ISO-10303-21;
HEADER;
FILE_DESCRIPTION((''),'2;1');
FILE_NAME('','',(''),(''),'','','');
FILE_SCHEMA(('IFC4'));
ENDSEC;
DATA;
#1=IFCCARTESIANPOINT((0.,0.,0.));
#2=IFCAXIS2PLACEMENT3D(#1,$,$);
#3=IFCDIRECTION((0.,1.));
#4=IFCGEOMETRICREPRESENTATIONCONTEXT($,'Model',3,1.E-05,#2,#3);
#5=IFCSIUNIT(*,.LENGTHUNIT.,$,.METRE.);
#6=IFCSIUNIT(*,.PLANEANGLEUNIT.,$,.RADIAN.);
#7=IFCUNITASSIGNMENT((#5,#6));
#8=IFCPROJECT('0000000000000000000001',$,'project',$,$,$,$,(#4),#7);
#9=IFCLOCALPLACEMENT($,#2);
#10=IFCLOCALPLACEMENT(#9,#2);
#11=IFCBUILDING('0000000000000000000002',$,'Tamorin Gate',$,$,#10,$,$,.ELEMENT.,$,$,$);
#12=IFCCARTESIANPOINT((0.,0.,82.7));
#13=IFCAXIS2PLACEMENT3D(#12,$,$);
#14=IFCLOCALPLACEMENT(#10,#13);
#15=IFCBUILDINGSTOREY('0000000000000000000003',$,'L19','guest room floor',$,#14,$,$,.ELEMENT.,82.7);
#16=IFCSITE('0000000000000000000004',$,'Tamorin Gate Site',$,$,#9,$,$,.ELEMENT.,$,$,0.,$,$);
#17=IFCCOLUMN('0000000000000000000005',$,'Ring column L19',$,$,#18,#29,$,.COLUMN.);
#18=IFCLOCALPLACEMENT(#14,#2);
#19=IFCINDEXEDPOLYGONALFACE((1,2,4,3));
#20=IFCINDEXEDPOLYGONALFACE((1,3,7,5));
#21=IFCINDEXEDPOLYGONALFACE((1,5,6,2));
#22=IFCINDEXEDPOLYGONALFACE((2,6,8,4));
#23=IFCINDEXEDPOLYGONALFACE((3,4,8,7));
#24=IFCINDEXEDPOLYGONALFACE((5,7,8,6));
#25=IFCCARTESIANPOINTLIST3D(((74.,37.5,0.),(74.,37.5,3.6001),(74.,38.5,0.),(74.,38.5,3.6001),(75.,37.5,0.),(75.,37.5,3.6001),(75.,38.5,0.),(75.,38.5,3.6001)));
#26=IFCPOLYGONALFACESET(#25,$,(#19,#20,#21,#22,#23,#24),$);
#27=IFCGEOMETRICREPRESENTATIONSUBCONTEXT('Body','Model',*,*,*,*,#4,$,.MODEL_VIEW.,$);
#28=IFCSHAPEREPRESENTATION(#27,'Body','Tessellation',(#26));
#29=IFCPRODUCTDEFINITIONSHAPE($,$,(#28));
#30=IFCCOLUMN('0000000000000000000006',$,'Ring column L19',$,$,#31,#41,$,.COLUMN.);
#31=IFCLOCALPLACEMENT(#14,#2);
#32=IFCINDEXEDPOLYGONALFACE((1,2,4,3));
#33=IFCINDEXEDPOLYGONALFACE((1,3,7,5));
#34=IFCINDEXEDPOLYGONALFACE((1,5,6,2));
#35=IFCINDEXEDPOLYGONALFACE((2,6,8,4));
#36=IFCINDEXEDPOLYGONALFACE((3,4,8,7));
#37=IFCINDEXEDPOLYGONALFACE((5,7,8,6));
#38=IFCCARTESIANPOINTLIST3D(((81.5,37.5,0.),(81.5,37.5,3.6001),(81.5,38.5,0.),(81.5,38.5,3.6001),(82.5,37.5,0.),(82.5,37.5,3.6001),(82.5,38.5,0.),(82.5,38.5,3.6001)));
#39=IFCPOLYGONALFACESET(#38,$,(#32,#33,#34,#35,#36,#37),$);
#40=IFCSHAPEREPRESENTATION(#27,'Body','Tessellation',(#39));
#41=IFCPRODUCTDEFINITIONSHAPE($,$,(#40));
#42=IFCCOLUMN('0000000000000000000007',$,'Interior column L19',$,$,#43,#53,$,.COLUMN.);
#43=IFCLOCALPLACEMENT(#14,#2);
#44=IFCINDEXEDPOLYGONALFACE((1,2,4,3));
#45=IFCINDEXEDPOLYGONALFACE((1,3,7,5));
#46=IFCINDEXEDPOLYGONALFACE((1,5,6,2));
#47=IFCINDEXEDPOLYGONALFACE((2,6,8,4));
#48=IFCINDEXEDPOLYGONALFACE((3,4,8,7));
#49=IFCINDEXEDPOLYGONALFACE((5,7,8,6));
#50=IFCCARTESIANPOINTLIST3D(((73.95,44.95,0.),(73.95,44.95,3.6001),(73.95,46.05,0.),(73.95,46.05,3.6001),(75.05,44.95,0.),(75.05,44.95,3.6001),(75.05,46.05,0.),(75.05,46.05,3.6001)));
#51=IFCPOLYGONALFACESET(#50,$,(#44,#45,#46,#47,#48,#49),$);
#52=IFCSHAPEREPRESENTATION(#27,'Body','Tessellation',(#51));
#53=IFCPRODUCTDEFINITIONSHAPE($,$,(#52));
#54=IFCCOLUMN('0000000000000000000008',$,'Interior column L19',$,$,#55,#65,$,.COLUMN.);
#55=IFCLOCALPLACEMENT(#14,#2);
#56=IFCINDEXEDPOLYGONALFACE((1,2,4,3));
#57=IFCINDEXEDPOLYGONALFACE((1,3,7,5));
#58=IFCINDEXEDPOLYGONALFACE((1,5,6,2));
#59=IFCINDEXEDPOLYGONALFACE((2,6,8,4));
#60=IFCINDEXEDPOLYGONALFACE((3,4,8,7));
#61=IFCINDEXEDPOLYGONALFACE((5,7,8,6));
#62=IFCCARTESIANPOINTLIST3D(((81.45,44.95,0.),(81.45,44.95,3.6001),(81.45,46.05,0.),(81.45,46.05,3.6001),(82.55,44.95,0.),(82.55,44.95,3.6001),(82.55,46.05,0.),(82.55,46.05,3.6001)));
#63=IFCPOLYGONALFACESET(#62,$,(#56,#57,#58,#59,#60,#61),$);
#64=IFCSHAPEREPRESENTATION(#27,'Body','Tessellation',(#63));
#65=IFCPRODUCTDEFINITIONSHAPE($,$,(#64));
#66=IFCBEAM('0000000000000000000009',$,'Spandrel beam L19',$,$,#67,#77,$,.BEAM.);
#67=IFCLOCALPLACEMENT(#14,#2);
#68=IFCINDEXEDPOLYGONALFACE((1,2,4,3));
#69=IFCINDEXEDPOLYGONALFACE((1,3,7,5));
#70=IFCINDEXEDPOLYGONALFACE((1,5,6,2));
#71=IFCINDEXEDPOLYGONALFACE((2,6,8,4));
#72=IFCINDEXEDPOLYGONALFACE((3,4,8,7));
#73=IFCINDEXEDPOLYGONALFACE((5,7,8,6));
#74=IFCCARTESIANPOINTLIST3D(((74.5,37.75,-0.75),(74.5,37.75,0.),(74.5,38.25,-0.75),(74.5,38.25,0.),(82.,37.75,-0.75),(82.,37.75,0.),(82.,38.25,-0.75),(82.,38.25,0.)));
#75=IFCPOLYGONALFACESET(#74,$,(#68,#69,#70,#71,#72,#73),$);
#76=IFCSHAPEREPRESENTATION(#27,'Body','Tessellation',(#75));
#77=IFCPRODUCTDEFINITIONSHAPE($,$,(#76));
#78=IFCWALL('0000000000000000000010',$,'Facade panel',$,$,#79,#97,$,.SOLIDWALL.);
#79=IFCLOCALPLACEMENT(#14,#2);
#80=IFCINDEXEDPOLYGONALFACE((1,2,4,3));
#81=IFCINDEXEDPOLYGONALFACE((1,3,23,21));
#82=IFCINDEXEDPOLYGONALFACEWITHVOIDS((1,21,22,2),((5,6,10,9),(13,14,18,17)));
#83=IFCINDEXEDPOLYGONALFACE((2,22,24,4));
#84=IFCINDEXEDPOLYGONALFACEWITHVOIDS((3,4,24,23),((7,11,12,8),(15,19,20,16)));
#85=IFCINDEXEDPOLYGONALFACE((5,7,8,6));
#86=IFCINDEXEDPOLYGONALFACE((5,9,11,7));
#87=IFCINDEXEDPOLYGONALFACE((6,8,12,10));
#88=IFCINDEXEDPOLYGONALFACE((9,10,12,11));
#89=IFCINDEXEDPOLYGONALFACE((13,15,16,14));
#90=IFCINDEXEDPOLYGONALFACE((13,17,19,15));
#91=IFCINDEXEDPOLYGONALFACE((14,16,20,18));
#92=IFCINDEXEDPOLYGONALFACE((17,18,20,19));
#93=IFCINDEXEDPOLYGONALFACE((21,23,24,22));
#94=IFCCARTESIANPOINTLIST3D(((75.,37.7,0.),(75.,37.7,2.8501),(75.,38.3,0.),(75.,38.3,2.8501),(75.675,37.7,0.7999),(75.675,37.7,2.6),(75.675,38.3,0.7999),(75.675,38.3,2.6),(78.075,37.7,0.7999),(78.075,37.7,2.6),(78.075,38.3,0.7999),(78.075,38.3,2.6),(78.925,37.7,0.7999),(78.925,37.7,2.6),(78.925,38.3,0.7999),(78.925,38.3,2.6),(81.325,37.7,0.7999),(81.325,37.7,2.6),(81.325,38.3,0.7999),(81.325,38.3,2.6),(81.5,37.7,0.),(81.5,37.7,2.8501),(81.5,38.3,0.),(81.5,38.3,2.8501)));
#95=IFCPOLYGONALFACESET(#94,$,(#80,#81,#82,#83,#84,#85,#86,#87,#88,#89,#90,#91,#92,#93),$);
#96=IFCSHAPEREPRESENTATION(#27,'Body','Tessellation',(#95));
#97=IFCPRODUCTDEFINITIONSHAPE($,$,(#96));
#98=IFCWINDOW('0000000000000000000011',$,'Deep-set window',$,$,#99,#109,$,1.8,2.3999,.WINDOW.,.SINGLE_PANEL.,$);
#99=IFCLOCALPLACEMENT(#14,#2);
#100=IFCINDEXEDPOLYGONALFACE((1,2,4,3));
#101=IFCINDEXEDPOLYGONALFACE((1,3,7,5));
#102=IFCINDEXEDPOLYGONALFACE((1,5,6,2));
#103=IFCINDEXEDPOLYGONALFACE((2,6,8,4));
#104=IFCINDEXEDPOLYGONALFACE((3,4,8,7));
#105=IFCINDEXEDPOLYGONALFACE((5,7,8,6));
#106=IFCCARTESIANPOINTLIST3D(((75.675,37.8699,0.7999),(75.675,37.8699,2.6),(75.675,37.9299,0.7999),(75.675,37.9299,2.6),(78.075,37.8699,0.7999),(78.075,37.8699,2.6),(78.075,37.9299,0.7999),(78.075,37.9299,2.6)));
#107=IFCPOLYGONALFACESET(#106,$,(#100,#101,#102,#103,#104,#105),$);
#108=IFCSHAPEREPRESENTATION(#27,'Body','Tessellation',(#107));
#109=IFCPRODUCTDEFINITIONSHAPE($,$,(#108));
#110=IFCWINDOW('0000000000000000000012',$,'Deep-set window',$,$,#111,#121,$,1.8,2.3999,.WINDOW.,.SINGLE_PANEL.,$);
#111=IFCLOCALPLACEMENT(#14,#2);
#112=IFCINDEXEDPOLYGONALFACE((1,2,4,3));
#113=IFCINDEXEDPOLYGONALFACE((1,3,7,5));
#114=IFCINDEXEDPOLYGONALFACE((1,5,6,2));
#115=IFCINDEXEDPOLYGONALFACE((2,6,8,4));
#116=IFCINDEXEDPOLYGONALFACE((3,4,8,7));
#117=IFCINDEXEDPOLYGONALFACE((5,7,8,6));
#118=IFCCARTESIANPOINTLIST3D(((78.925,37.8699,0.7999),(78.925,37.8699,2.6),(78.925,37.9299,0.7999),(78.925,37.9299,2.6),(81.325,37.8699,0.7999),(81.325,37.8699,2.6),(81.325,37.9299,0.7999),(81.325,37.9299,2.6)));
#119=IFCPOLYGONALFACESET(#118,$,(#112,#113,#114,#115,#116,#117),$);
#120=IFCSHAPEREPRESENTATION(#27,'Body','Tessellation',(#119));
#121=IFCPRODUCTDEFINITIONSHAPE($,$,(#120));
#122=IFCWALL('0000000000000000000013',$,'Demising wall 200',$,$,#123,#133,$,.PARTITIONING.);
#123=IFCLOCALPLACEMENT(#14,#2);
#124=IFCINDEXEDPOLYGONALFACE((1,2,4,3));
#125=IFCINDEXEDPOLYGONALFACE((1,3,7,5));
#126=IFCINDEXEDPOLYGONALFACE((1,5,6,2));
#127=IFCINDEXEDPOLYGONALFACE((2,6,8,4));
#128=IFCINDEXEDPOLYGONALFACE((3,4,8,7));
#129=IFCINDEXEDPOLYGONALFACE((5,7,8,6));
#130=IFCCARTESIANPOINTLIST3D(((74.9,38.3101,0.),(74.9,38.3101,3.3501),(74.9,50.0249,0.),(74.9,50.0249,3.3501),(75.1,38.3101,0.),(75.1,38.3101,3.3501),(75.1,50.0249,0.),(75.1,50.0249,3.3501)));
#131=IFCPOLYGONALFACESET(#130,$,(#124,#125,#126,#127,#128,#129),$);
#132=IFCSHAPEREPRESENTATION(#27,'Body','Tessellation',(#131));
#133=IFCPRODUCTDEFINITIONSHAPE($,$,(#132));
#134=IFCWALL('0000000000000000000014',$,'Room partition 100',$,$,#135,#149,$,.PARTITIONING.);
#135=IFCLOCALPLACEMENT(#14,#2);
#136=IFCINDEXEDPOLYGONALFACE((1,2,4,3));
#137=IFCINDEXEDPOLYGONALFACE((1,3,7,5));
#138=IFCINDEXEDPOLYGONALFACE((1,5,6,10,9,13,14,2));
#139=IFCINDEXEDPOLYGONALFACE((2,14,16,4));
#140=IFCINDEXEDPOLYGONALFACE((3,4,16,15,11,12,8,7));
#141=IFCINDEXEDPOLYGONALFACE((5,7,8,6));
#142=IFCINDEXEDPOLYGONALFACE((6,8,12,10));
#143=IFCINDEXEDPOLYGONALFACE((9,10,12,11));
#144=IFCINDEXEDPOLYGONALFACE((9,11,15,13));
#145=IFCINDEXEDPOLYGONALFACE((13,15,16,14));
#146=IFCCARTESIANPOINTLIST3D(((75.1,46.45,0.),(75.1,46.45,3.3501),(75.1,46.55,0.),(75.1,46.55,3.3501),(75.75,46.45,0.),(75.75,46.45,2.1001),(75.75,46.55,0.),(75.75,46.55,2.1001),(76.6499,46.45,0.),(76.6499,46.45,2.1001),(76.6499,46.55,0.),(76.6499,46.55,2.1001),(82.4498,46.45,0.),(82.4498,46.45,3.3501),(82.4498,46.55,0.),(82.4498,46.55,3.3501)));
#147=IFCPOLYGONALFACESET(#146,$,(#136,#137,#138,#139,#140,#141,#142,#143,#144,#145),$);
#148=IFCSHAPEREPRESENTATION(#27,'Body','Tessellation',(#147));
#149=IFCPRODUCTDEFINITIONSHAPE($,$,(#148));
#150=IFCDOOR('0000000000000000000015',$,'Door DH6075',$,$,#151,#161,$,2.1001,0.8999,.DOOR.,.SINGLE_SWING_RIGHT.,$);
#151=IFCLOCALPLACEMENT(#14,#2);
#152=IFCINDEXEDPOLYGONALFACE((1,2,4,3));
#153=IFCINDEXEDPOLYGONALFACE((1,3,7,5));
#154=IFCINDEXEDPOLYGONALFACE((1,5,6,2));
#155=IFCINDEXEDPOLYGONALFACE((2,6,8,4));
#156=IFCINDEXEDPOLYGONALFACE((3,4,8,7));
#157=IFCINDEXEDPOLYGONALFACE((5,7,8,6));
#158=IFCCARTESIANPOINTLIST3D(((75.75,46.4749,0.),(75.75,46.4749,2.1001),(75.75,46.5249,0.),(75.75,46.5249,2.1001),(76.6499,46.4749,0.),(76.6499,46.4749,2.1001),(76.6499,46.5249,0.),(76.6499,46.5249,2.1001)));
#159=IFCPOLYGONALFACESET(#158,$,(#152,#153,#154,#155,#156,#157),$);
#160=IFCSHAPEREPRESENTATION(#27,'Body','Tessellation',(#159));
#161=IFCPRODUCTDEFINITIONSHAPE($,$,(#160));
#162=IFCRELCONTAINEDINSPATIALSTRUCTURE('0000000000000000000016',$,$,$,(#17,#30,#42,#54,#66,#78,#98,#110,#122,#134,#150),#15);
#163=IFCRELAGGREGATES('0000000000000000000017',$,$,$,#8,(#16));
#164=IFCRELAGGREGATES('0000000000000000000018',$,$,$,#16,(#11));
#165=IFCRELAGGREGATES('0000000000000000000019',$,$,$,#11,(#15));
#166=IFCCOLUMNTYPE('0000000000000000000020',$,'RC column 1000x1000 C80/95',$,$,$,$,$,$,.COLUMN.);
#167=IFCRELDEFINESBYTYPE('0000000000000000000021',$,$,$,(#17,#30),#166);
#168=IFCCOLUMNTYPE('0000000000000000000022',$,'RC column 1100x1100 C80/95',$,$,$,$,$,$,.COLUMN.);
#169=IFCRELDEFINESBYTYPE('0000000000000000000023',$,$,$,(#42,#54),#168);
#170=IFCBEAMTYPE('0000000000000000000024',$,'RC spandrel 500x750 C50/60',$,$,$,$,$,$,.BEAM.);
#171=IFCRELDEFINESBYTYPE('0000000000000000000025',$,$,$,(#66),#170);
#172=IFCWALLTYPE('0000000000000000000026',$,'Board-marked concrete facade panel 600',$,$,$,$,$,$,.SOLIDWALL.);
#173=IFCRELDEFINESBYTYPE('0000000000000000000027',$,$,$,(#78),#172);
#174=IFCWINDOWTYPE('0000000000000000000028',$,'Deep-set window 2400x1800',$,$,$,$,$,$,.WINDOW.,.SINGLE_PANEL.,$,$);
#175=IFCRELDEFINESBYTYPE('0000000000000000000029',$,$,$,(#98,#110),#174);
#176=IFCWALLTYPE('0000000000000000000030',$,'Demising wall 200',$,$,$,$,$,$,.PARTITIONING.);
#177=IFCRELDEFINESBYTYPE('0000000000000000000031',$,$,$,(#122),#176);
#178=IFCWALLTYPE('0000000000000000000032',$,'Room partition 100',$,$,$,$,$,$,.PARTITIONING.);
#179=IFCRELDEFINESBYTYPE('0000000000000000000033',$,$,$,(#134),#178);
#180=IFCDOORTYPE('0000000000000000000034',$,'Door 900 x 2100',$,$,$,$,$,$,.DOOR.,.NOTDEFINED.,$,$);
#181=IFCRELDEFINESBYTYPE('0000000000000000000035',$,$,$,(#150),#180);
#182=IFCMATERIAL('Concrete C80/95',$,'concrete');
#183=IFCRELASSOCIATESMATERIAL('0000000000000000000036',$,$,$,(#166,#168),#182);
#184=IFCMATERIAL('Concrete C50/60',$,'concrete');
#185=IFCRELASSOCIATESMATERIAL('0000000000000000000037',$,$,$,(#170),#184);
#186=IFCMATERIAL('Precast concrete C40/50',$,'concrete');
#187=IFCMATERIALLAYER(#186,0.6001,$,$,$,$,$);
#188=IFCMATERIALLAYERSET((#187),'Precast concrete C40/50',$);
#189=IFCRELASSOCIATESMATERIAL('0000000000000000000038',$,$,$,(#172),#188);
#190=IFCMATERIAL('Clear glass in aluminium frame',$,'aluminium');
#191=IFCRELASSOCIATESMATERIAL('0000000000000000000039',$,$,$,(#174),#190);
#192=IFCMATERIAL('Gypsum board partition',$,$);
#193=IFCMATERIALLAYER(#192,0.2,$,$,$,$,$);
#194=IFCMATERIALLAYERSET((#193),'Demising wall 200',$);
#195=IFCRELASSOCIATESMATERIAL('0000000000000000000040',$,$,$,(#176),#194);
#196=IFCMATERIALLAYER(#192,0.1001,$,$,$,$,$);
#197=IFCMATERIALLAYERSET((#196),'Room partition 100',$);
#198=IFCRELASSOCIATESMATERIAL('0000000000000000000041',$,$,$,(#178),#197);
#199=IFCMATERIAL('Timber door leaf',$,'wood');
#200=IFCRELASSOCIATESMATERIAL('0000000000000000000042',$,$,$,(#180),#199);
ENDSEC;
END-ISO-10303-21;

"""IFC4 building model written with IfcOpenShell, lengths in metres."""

from ifc_helpers import new_model, si_unit, direction, frame, frame_2d, origin, origin_2d, place, context, subcontext, project, spatial, rectangle, extrude, material, layer, layer_set, material_profile, profile_set, type_object, element, fill, save


model = new_model("IFC4")

# Units and contexts
model_context = context("Model", 3, precision=1e-05, world=origin(), true_north=direction((0.0, 1.0)))
body_context = subcontext(model_context, "Body", "Model", "MODEL_VIEW")
ifc_project = project(units=[si_unit("LENGTHUNIT", "METRE"), si_unit("PLANEANGLEUNIT", "RADIAN")], contexts=[model_context])

# Site, building, storey
site_placement = place(None, origin())
site = spatial("IfcSite", under=ifc_project, at=site_placement, Name="Tamorin Gate Site", CompositionType="ELEMENT", RefElevation=0.0)
building_placement = place(site_placement, origin())
building = spatial("IfcBuilding", under=site, at=building_placement, Name="Tamorin Gate", CompositionType="ELEMENT")
storey_placement = place(building_placement, frame((0.0, 0.0, 82.7)))
storey = spatial("IfcBuildingStorey", under=building, at=storey_placement, Name="L19", Description="guest room floor", CompositionType="ELEMENT", Elevation=82.7)

# Columns
ifc_material_1 = material(Name="Concrete C80/95", Category="concrete")
ifc_material_profile_1 = material_profile(ifc_material_1, rectangle(XDim=1.0, YDim=1.0, at=origin_2d()), Name="RC 1000x1000")
ifc_profile_set_1 = profile_set([ifc_material_profile_1], Name="Concrete C80/95")
column_type_1 = type_object("IfcColumnType", Name="RC column 1000x1000 C80/95", PredefinedType="COLUMN", material=ifc_profile_set_1)
for number, where, z_axis, x_axis, name in (
    (1, (74.5, 38.0, 0.0), (0.0, 0.0, 1.0), (1.0, 0.0, 0.0), "Ring column L19"),
    (2, (82.0, 38.0, 0.0), (0.0, 0.0, 1.0), (1.0, 0.0, 0.0), "Ring column L19"),
):
    element("IfcColumn", number, at=place(storey_placement, frame(where, z_axis=z_axis, x_axis=x_axis)), inside=storey, type_object=column_type_1, Name=name, PredefinedType="COLUMN", context=body_context, shape_type="SweptSolid", body=[
        extrude(rectangle(XDim=1.0, YDim=1.0, at=origin_2d()), origin(), (0.0, 0.0, 1.0), 3.6001),
    ])
ifc_material_profile_2 = material_profile(ifc_material_1, rectangle(XDim=1.1001, YDim=1.1001, at=origin_2d()), Name="RC 1100x1100")
ifc_profile_set_2 = profile_set([ifc_material_profile_2], Name="Concrete C80/95")
column_type_2 = type_object("IfcColumnType", Name="RC column 1100x1100 C80/95", PredefinedType="COLUMN", material=ifc_profile_set_2)
for number, where, z_axis, x_axis, name in (
    (3, (74.5, 45.5, 0.0), (0.0, 0.0, 1.0), (1.0, 0.0, 0.0), "Interior column L19"),
    (4, (82.0, 45.5, 0.0), (0.0, 0.0, 1.0), (1.0, 0.0, 0.0), "Interior column L19"),
):
    element("IfcColumn", number, at=place(storey_placement, frame(where, z_axis=z_axis, x_axis=x_axis)), inside=storey, type_object=column_type_2, Name=name, PredefinedType="COLUMN", context=body_context, shape_type="SweptSolid", body=[
        extrude(rectangle(XDim=1.1001, YDim=1.1001, at=origin_2d()), origin(), (0.0, 0.0, 1.0), 3.6001),
    ])

# Beam
ifc_material_2 = material(Name="Concrete C50/60", Category="concrete")
ifc_material_profile_3 = material_profile(ifc_material_2, rectangle(XDim=0.5, YDim=0.75, at=origin_2d()), Name="RC 500x750")
ifc_profile_set_3 = profile_set([ifc_material_profile_3], Name="Concrete C50/60")
beam_type = type_object("IfcBeamType", Name="RC spandrel 500x750 C50/60", PredefinedType="BEAM", material=ifc_profile_set_3)
beam_placement = place(storey_placement, frame((74.5, 38.0, -0.375), z_axis=(1.0, 0.0, 0.0), x_axis=(0.0, 1.0, 0.0)))
element("IfcBeam", 5, at=beam_placement, inside=storey, type_object=beam_type, Name="Spandrel beam L19", PredefinedType="BEAM", context=body_context, shape_type="SweptSolid", body=[
    extrude(rectangle(XDim=0.5, YDim=0.75, at=origin_2d()), origin(), (0.0, 0.0, 1.0), 7.5),
])

# Wall, openings, windows
ifc_material_3 = material(Name="Precast concrete C40/50", Category="concrete")
ifc_layer_1 = layer(ifc_material_3, 0.6001)
ifc_layer_set_1 = layer_set([ifc_layer_1], Name="Precast concrete C40/50")
wall_type_1 = type_object("IfcWallType", Name="Board-marked concrete facade panel 600", PredefinedType="SOLIDWALL", material=ifc_layer_set_1)
wall_1_placement = place(storey_placement, frame((75.0, 38.0, 0.0), z_axis=(0.0, 0.0, 1.0), x_axis=(1.0, 0.0, 0.0)))
wall_1 = element("IfcWall", 6, at=wall_1_placement, inside=storey, type_object=wall_type_1, Name="Facade panel", PredefinedType="SOLIDWALL", context=body_context, shape_type="SweptSolid", body=[
    extrude(rectangle(XDim=6.5, YDim=0.6001, at=frame_2d((3.25, 0.0))), origin(), (0.0, 0.0, 1.0), 2.8501),
])
opening_1_placement = place(wall_1_placement, frame((0.675, 0.0, 0.8)))
opening_1 = element("IfcOpeningElement", 7, at=opening_1_placement, cuts=wall_1, PredefinedType="OPENING", context=body_context, shape_type="SweptSolid", body=[
    extrude(rectangle(XDim=2.3999, YDim=1.8, at=frame_2d((1.2, 0.8999))), frame((0.0, 0.3101, 0.0), z_axis=(0.0, -1.0, 0.0), x_axis=(1.0, 0.0, 0.0)), (0.0, 0.0, 1.0), 0.6201),
])
opening_2_placement = place(wall_1_placement, frame((3.925, 0.0, 0.8)))
opening_2 = element("IfcOpeningElement", 8, at=opening_2_placement, cuts=wall_1, PredefinedType="OPENING", context=body_context, shape_type="SweptSolid", body=[
    extrude(rectangle(XDim=2.3999, YDim=1.8, at=frame_2d((1.2, 0.8999))), frame((0.0, 0.3101, 0.0), z_axis=(0.0, -1.0, 0.0), x_axis=(1.0, 0.0, 0.0)), (0.0, 0.0, 1.0), 0.6201),
])
ifc_material_4 = material(Name="Clear glass in aluminium frame", Category="aluminium")
window_type = type_object("IfcWindowType", Name="Deep-set window 2400x1800", PartitioningType="SINGLE_PANEL", PredefinedType="WINDOW", material=ifc_material_4)
window_1_placement = place(opening_1_placement, origin())
window_1 = element("IfcWindow", 9, at=window_1_placement, inside=storey, type_object=window_type, Name="Deep-set window", OverallHeight=1.8, OverallWidth=2.3999, PartitioningType="SINGLE_PANEL", PredefinedType="WINDOW", context=body_context, shape_type="SweptSolid", body=[
    extrude(rectangle(XDim=2.3999, YDim=1.8, at=frame_2d((1.2, 0.8999))), frame((0.0, -0.0701, 0.0), z_axis=(0.0, -1.0, 0.0), x_axis=(1.0, 0.0, 0.0)), (0.0, 0.0, 1.0), 0.0601),
])
fill(opening_1, window_1)
window_2_placement = place(opening_2_placement, origin())
window_2 = element("IfcWindow", 10, at=window_2_placement, inside=storey, type_object=window_type, Name="Deep-set window", OverallHeight=1.8, OverallWidth=2.3999, PartitioningType="SINGLE_PANEL", PredefinedType="WINDOW", context=body_context, shape_type="SweptSolid", body=[
    extrude(rectangle(XDim=2.3999, YDim=1.8, at=frame_2d((1.2, 0.8999))), frame((0.0, -0.0701, 0.0), z_axis=(0.0, -1.0, 0.0), x_axis=(1.0, 0.0, 0.0)), (0.0, 0.0, 1.0), 0.0601),
])
fill(opening_2, window_2)

# Wall
ifc_material_5 = material(Name="Gypsum board partition")
ifc_layer_2 = layer(ifc_material_5, 0.2)
ifc_layer_set_2 = layer_set([ifc_layer_2], Name="Demising wall 200")
wall_type_2 = type_object("IfcWallType", Name="Demising wall 200", PredefinedType="PARTITIONING", material=ifc_layer_set_2)
wall_2_placement = place(storey_placement, frame((75.0, 38.3101, 0.0), z_axis=(0.0, 0.0, 1.0), x_axis=(0.0, 1.0, 0.0)))
element("IfcWall", 11, at=wall_2_placement, inside=storey, type_object=wall_type_2, Name="Demising wall 200", PredefinedType="PARTITIONING", context=body_context, shape_type="SweptSolid", body=[
    extrude(rectangle(XDim=11.7148, YDim=0.2, at=frame_2d((5.8574, 0.0))), origin(), (0.0, 0.0, 1.0), 3.3501),
])

# Wall, opening, door
ifc_layer_3 = layer(ifc_material_5, 0.1001)
ifc_layer_set_3 = layer_set([ifc_layer_3], Name="Room partition 100")
wall_type_3 = type_object("IfcWallType", Name="Room partition 100", PredefinedType="PARTITIONING", material=ifc_layer_set_3)
wall_3_placement = place(storey_placement, frame((75.1001, 46.5, 0.0), z_axis=(0.0, 0.0, 1.0), x_axis=(1.0, 0.0, 0.0)))
wall_3 = element("IfcWall", 12, at=wall_3_placement, inside=storey, type_object=wall_type_3, Name="Room partition 100", PredefinedType="PARTITIONING", context=body_context, shape_type="SweptSolid", body=[
    extrude(rectangle(XDim=7.3499, YDim=0.1001, at=frame_2d((3.6748, 0.0))), origin(), (0.0, 0.0, 1.0), 3.3501),
])
opening_3_placement = place(wall_3_placement, frame((0.6499, 0.0, 0.0)))
opening_3 = element("IfcOpeningElement", 13, at=opening_3_placement, cuts=wall_3, PredefinedType="OPENING", context=body_context, shape_type="SweptSolid", body=[
    extrude(rectangle(XDim=0.8999, YDim=2.1001, at=frame_2d((0.45, 1.05))), frame((0.0, 0.0601, 0.0), z_axis=(0.0, -1.0, 0.0), x_axis=(1.0, 0.0, 0.0)), (0.0, 0.0, 1.0), 0.1201),
])
ifc_material_6 = material(Name="Timber door leaf", Category="wood")
door_type = type_object("IfcDoorType", Name="Door 900 x 2100", OperationType="NOTDEFINED", PredefinedType="DOOR", material=ifc_material_6)
door_1_placement = place(opening_3_placement, origin())
door_1 = element("IfcDoor", 14, at=door_1_placement, inside=storey, type_object=door_type, Name="Door DH6075", OperationType="SINGLE_SWING_RIGHT", OverallHeight=2.1001, OverallWidth=0.8999, PredefinedType="DOOR", context=body_context, shape_type="SweptSolid", body=[
    extrude(rectangle(XDim=0.8999, YDim=2.1001, at=frame_2d((0.45, 1.05))), frame((0.0, 0.0249, 0.0), z_axis=(0.0, -1.0, 0.0), x_axis=(1.0, 0.0, 0.0)), (0.0, 0.0, 1.0), 0.05),
])
fill(opening_3, door_1)

save(model, "model.ifc")
